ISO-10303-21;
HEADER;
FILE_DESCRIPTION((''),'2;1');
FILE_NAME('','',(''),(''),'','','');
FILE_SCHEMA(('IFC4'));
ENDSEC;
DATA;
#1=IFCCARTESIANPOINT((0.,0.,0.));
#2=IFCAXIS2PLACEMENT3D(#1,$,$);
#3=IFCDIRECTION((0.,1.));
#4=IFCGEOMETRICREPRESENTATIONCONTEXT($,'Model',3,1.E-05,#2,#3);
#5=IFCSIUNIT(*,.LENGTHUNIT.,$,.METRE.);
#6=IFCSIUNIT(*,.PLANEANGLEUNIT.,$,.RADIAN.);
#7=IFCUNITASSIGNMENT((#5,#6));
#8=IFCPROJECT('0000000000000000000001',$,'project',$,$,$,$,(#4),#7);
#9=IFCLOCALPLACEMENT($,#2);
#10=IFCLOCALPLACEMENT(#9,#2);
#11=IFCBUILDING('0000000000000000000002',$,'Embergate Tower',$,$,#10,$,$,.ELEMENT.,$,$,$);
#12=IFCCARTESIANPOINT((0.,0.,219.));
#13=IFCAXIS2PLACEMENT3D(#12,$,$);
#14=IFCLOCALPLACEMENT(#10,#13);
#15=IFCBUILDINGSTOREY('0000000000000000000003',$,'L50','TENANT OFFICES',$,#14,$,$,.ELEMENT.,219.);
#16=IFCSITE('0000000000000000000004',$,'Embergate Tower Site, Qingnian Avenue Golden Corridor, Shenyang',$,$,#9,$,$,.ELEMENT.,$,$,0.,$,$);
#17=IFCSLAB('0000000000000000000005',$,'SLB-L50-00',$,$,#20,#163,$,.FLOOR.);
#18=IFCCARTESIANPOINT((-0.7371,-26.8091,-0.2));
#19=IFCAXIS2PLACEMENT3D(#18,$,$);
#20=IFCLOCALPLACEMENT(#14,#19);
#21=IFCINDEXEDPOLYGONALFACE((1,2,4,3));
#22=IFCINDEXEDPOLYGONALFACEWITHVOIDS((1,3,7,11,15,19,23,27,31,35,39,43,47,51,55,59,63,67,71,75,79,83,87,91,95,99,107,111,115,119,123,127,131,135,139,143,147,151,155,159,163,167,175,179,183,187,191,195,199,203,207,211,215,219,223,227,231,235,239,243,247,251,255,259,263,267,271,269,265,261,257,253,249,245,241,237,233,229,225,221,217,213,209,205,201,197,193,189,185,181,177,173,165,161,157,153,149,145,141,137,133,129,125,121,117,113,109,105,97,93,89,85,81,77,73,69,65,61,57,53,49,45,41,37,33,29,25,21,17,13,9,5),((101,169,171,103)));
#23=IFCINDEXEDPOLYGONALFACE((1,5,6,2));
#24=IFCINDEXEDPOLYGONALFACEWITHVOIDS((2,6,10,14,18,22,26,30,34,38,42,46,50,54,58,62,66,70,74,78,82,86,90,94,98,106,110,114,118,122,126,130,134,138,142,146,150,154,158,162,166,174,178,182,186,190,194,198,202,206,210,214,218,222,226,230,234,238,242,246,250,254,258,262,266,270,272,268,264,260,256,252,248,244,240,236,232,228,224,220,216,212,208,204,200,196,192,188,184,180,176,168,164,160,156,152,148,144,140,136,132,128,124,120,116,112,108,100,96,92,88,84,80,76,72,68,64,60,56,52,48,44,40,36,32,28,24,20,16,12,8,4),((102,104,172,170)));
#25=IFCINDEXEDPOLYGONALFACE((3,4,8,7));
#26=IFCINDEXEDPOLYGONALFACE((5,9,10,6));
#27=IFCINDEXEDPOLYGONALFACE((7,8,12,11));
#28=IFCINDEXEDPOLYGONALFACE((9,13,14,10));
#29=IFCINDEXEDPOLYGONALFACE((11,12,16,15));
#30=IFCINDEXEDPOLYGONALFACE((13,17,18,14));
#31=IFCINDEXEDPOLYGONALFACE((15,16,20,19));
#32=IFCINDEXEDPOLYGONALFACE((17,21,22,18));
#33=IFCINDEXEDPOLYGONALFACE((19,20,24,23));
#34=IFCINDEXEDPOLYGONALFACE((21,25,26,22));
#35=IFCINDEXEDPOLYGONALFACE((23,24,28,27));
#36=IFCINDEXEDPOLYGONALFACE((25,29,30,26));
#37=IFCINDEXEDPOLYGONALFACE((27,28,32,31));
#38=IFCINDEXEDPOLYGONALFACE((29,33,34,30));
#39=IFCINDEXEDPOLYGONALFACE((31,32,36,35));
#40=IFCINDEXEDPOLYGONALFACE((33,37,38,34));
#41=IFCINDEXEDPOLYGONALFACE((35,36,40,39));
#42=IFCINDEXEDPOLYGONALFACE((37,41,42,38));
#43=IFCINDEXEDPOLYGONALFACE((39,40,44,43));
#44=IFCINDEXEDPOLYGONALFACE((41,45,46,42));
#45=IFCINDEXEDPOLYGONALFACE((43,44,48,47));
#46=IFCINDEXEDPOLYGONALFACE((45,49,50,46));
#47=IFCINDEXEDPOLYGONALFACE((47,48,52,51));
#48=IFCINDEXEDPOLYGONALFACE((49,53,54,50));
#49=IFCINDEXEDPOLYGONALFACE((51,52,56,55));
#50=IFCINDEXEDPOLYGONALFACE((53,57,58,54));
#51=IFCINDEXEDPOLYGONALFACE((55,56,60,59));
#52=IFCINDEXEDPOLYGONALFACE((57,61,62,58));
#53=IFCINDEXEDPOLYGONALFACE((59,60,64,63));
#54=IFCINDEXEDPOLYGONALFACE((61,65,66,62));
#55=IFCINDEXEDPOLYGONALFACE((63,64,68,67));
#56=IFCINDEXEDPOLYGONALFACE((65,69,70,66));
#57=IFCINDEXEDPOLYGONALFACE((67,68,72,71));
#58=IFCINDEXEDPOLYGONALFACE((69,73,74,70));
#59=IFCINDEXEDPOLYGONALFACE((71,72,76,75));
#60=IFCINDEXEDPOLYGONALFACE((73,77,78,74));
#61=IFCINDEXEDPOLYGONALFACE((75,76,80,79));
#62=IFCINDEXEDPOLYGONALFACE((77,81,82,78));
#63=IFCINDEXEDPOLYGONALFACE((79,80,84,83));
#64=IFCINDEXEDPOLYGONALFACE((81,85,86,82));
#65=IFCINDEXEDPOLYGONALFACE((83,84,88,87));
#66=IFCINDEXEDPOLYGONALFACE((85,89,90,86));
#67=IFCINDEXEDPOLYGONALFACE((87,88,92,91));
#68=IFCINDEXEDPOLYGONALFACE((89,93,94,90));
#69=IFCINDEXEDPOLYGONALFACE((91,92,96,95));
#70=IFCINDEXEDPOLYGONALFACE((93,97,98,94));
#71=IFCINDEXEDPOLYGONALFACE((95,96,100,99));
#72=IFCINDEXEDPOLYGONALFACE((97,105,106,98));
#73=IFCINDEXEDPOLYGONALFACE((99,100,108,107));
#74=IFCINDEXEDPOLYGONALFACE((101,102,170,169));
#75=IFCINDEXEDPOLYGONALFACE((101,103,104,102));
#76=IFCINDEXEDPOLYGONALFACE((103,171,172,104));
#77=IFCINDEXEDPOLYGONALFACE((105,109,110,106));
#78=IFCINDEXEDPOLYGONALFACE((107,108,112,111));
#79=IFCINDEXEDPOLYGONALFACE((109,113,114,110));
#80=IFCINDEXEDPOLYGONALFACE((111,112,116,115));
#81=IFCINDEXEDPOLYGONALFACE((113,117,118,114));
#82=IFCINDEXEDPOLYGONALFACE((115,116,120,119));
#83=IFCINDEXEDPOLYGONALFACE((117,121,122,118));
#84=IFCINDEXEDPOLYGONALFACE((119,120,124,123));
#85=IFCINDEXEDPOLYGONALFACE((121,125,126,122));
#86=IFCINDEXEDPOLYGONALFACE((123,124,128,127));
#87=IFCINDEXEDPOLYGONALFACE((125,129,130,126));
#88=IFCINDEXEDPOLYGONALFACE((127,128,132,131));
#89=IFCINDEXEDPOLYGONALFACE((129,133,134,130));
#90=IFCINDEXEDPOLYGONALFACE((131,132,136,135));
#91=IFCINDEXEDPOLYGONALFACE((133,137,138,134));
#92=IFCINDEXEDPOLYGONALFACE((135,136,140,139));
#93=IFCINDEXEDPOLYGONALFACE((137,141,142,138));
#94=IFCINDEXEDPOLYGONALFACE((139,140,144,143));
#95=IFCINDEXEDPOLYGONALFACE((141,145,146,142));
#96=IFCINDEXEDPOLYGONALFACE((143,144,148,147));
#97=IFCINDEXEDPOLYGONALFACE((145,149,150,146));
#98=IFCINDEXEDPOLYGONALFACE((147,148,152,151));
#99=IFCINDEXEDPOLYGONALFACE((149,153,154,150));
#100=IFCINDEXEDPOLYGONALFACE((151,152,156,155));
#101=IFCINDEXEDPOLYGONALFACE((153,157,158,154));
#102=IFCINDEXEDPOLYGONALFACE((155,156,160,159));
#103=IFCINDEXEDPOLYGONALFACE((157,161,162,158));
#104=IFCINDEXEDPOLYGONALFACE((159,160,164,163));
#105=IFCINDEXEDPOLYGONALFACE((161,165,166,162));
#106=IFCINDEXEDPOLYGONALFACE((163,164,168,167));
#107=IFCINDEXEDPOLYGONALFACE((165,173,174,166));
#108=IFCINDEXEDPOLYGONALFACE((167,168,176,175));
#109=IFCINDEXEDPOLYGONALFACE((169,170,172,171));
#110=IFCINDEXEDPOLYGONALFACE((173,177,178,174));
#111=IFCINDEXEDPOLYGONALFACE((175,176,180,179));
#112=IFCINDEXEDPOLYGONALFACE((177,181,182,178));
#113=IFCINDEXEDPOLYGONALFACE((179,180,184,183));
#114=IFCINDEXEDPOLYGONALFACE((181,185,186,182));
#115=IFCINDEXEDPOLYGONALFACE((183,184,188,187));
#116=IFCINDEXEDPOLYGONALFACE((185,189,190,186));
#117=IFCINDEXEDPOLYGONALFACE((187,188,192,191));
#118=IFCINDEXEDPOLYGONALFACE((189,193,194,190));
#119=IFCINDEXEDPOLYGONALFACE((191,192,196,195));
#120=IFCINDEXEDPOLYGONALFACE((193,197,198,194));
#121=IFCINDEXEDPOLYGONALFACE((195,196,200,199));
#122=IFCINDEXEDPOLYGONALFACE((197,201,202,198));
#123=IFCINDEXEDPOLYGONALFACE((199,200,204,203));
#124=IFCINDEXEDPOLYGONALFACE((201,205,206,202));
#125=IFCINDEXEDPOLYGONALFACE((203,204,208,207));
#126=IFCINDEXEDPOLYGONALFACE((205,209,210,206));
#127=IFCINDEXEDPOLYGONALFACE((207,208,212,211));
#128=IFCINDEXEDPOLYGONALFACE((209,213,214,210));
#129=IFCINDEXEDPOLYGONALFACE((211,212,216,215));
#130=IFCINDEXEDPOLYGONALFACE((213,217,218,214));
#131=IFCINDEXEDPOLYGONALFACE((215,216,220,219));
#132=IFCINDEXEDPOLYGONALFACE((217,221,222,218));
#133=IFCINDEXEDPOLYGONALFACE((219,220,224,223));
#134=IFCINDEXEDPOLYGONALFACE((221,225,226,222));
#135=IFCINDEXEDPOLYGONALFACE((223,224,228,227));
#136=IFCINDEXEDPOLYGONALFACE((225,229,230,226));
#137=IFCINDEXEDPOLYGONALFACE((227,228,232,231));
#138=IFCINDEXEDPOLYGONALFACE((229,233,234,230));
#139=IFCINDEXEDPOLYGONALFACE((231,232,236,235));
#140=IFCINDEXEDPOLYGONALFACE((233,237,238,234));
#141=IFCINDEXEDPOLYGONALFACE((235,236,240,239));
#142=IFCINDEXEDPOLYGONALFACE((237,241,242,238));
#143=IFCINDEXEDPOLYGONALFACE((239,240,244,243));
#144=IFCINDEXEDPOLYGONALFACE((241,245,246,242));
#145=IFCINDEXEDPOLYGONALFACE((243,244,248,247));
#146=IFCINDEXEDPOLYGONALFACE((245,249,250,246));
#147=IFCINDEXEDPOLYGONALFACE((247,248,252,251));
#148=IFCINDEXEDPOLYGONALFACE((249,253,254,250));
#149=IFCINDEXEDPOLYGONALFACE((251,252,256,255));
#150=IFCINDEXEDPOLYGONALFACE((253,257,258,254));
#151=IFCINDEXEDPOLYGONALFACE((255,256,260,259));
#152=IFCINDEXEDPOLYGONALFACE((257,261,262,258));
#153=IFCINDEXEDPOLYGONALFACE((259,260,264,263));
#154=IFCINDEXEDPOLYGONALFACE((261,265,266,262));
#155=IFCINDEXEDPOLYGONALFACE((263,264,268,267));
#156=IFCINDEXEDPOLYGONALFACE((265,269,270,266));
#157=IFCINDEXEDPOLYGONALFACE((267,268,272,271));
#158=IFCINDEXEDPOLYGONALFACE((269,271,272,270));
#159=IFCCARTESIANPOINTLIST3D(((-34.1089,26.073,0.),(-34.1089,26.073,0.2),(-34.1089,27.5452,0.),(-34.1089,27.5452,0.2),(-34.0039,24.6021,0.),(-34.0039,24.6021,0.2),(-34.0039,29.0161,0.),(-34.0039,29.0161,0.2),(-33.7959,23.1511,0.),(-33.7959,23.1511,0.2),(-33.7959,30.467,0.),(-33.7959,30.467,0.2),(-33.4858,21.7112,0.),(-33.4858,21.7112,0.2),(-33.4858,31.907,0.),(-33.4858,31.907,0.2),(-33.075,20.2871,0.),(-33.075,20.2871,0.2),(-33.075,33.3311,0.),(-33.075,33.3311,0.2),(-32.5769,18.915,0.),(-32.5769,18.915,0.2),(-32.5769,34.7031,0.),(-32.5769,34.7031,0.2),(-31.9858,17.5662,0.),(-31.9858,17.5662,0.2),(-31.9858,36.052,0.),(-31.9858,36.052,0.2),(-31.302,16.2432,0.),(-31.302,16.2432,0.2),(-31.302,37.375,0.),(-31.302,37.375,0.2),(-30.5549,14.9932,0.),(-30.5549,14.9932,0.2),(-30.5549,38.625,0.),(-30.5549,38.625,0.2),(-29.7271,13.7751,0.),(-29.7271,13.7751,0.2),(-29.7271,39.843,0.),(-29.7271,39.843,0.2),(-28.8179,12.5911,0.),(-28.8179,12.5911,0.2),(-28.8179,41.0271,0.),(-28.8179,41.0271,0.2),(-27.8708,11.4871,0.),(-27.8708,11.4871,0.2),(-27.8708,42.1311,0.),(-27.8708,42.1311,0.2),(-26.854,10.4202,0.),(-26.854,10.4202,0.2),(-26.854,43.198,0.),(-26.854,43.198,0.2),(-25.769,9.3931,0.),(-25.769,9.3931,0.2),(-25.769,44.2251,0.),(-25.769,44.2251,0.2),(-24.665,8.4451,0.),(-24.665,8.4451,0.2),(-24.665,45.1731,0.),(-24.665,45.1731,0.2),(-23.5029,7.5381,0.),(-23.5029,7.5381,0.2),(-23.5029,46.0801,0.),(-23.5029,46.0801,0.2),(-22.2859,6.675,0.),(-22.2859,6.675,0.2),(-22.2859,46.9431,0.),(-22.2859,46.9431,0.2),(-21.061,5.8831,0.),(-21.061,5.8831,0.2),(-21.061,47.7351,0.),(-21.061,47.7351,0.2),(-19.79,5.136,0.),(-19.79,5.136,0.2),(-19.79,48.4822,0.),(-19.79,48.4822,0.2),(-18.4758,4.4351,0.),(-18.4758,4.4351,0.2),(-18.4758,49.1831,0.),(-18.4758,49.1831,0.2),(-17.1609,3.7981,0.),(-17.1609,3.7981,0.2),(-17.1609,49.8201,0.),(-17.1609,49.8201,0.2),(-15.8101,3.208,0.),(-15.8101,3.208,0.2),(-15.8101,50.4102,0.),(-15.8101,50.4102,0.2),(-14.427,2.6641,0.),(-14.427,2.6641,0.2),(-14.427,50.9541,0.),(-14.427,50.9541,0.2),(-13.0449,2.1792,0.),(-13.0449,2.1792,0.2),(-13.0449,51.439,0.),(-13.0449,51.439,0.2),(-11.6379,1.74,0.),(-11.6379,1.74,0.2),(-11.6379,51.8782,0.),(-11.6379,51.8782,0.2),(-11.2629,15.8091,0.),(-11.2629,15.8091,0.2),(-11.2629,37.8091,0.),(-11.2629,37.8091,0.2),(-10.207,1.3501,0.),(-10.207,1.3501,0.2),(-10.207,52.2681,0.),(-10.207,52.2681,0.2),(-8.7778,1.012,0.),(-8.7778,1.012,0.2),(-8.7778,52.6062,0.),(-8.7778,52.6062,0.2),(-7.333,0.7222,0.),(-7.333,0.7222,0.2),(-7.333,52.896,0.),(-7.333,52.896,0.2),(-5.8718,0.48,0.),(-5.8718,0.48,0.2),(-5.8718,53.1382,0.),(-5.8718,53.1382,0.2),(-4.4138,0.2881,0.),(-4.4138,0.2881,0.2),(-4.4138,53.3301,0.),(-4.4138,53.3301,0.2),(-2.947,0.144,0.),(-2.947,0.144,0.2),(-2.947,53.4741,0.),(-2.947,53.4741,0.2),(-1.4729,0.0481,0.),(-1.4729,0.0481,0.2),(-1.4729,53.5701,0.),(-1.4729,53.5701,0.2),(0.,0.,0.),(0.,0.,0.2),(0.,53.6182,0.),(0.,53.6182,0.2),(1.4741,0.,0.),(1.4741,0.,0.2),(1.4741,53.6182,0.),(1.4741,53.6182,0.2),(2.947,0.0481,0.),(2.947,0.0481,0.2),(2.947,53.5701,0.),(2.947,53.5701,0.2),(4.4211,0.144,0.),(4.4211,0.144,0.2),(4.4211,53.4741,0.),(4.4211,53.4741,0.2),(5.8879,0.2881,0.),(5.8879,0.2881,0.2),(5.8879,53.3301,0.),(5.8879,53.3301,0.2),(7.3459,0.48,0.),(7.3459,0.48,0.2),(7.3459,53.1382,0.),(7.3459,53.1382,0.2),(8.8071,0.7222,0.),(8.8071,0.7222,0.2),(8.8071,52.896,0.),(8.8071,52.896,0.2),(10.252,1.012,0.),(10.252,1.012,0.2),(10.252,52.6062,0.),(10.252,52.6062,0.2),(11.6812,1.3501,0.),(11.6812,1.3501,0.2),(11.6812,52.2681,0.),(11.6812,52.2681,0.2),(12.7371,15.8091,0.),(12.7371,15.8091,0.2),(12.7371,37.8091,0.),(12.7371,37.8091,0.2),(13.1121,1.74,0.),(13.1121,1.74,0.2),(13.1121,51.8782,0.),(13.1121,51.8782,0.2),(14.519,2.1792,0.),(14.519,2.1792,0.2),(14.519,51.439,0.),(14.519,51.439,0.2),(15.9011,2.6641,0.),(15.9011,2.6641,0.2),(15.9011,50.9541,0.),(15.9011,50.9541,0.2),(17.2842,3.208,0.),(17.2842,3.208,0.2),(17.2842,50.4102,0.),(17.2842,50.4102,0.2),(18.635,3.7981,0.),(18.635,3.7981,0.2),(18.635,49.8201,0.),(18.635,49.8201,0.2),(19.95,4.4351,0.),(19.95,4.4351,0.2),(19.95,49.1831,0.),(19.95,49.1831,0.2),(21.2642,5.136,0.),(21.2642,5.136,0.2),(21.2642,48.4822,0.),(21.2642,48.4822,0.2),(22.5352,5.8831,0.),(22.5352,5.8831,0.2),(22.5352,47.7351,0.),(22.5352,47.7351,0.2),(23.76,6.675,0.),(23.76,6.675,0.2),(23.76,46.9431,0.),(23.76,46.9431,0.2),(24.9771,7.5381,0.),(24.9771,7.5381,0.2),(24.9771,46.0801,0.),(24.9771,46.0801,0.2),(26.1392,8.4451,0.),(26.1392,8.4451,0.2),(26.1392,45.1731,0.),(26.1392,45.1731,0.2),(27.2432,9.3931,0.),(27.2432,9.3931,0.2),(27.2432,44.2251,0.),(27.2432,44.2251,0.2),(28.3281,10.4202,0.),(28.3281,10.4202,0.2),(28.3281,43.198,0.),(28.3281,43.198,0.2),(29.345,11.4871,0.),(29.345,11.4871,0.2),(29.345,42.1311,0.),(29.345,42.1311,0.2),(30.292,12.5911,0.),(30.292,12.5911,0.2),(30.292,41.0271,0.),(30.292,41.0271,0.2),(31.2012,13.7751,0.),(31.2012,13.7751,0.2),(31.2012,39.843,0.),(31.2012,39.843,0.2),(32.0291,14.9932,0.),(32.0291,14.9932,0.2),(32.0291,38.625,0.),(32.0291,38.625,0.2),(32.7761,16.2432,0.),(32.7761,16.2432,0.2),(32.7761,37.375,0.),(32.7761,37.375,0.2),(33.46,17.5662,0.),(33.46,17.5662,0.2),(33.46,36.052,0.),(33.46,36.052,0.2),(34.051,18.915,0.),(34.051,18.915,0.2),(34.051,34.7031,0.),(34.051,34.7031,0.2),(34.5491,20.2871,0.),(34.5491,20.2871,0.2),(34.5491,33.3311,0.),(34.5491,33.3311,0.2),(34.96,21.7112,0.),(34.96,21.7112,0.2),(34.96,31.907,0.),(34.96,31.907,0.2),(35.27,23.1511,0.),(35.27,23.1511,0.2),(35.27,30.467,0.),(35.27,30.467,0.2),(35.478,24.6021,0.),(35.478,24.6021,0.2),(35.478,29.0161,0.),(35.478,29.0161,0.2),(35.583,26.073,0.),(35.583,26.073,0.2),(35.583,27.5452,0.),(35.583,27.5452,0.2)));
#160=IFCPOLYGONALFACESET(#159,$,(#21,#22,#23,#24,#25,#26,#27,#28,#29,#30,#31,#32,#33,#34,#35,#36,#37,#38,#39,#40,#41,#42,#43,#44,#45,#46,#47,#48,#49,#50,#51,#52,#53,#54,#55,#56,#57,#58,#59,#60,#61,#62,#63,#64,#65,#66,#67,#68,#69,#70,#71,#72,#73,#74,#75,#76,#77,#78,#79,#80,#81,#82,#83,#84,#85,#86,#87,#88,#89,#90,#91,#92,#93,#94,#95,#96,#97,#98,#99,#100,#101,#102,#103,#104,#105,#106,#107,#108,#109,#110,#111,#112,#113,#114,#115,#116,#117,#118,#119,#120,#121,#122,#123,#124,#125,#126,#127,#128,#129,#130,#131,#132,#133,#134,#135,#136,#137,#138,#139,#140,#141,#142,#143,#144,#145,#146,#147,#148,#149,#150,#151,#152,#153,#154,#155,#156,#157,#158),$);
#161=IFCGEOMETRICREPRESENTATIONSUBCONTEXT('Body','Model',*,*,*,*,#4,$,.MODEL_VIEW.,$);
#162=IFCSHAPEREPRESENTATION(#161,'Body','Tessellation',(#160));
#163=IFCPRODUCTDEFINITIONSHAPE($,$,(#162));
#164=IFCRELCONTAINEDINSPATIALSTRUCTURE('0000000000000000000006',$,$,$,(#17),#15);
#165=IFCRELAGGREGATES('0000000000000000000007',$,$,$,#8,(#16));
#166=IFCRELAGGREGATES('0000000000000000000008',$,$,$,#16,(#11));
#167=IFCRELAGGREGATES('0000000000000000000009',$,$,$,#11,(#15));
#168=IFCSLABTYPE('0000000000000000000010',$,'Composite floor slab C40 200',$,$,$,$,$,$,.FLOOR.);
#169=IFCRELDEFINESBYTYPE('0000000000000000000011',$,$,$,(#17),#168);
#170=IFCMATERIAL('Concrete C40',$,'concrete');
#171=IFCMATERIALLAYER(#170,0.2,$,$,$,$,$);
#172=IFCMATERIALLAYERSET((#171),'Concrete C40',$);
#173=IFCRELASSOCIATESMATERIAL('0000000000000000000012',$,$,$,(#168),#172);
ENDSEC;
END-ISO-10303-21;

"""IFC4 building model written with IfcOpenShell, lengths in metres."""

from ifc_helpers import new_model, si_unit, direction, frame, origin, place, context, subcontext, project, spatial, polyline, outline, extrude, source, transform, mapped, material, layer, layer_set, type_object, element, save


model = new_model("IFC4")

# Units and contexts
model_context = context("Model", 3, precision=1e-05, world=origin(), true_north=direction((0.0, 1.0)))
body_context = subcontext(model_context, "Body", "Model", "MODEL_VIEW")
ifc_project = project(units=[si_unit("LENGTHUNIT", "METRE"), si_unit("PLANEANGLEUNIT", "RADIAN")], contexts=[model_context])

# Site, building, storey
site_placement = place(None, origin())
site = spatial("IfcSite", under=ifc_project, at=site_placement, Name="Embergate Tower Site, Qingnian Avenue Golden Corridor, Shenyang", CompositionType="ELEMENT", RefElevation=0.0)
building_placement = place(site_placement, origin())
building = spatial("IfcBuilding", under=site, at=building_placement, Name="Embergate Tower", CompositionType="ELEMENT")
storey_placement = place(building_placement, frame((0.0, 0.0, 219.0)))
storey = spatial("IfcBuildingStorey", under=building, at=storey_placement, Name="L50", Description="TENANT OFFICES", CompositionType="ELEMENT", Elevation=219.0)

# Slab
ifc_material_1 = material(Name="Concrete C40", Category="concrete")
ifc_layer_1 = layer(ifc_material_1, 0.2)
ifc_layer_set_1 = layer_set([ifc_layer_1], Name="Concrete C40")
slab_type = type_object("IfcSlabType", Name="Composite floor slab C40 200", PredefinedType="FLOOR", material=ifc_layer_set_1)
shared_shape_1 = source(origin(), body_context, "Body", "SweptSolid", [
    extrude(outline(polyline([(0.0, 0.0), (1.4741, 0.0), (2.947, 0.0481), (4.4211, 0.144), (5.8879, 0.2881), (7.3459, 0.48), (8.8071, 0.7222), (10.252, 1.012), (11.6812, 1.3501), (13.1121, 1.74), (14.519, 2.1792), (15.9011, 2.6641), (17.2842, 3.208), (18.635, 3.7981), (19.95, 4.4351), (21.2642, 5.136), (22.5352, 5.8831), (23.76, 6.675), (24.9771, 7.5381), (26.1392, 8.4451), (27.2432, 9.3931), (28.3281, 10.4202), (29.345, 11.4871), (30.292, 12.5911), (31.2012, 13.7751), (32.0291, 14.9932), (32.7761, 16.2432), (33.46, 17.5662), (34.051, 18.915), (34.5491, 20.2871), (34.96, 21.7112), (35.27, 23.1511), (35.478, 24.6021), (35.583, 26.073), (35.583, 27.5452), (35.478, 29.0161), (35.27, 30.467), (34.96, 31.907), (34.5491, 33.3311), (34.051, 34.7031), (33.46, 36.052), (32.7761, 37.375), (32.0291, 38.625), (31.2012, 39.843), (30.292, 41.0271), (29.345, 42.1311), (28.3281, 43.198), (27.2432, 44.2251), (26.1392, 45.1731), (24.9771, 46.0801), (23.76, 46.9431), (22.5352, 47.7351), (21.2642, 48.4822), (19.95, 49.1831), (18.635, 49.8201), (17.2842, 50.4102), (15.9011, 50.9541), (14.519, 51.439), (13.1121, 51.8782), (11.6812, 52.2681), (10.252, 52.6062), (8.8071, 52.896), (7.3459, 53.1382), (5.8879, 53.3301), (4.4211, 53.4741), (2.947, 53.5701), (1.4741, 53.6182), (0.0, 53.6182), (-1.4729, 53.5701), (-2.947, 53.4741), (-4.4138, 53.3301), (-5.8718, 53.1382), (-7.333, 52.896), (-8.7778, 52.6062), (-10.207, 52.2681), (-11.6379, 51.8782), (-13.0449, 51.439), (-14.427, 50.9541), (-15.8101, 50.4102), (-17.1609, 49.8201), (-18.4758, 49.1831), (-19.79, 48.4822), (-21.061, 47.7351), (-22.2859, 46.9431), (-23.5029, 46.0801), (-24.665, 45.1731), (-25.769, 44.2251), (-26.854, 43.198), (-27.8708, 42.1311), (-28.8179, 41.0271), (-29.7271, 39.843), (-30.5549, 38.625), (-31.302, 37.375), (-31.9858, 36.052), (-32.5769, 34.7031), (-33.075, 33.3311), (-33.4858, 31.907), (-33.7959, 30.467), (-34.0039, 29.0161), (-34.1089, 27.5452), (-34.1089, 26.073), (-34.0039, 24.6021), (-33.7959, 23.1511), (-33.4858, 21.7112), (-33.075, 20.2871), (-32.5769, 18.915), (-31.9858, 17.5662), (-31.302, 16.2432), (-30.5549, 14.9932), (-29.7271, 13.7751), (-28.8179, 12.5911), (-27.8708, 11.4871), (-26.854, 10.4202), (-25.769, 9.3931), (-24.665, 8.4451), (-23.5029, 7.5381), (-22.2859, 6.675), (-21.061, 5.8831), (-19.79, 5.136), (-18.4758, 4.4351), (-17.1609, 3.7981), (-15.8101, 3.208), (-14.427, 2.6641), (-13.0449, 2.1792), (-11.6379, 1.74), (-10.207, 1.3501), (-8.7778, 1.012), (-7.333, 0.7222), (-5.8718, 0.48), (-4.4138, 0.2881), (-2.947, 0.144), (-1.4729, 0.0481), (0.0, 0.0)]), holes=[polyline([(-11.2629, 15.8091), (-11.2629, 37.8091), (12.7371, 37.8091), (12.7371, 15.8091), (-11.2629, 15.8091)])]), origin(), (0.0, 0.0, 1.0), 0.2),
])
slab_placement = place(storey_placement, frame((-0.7371, -26.8091, -0.2)))
element("IfcSlab", 1, at=slab_placement, inside=storey, type_object=slab_type, Name="SLB-L50-00", PredefinedType="FLOOR", context=body_context, shape_type="MappedRepresentation", body=[
    mapped(shared_shape_1, transform((0.0, 0.0, 0.0))),
])

save(model, "model.ifc")
